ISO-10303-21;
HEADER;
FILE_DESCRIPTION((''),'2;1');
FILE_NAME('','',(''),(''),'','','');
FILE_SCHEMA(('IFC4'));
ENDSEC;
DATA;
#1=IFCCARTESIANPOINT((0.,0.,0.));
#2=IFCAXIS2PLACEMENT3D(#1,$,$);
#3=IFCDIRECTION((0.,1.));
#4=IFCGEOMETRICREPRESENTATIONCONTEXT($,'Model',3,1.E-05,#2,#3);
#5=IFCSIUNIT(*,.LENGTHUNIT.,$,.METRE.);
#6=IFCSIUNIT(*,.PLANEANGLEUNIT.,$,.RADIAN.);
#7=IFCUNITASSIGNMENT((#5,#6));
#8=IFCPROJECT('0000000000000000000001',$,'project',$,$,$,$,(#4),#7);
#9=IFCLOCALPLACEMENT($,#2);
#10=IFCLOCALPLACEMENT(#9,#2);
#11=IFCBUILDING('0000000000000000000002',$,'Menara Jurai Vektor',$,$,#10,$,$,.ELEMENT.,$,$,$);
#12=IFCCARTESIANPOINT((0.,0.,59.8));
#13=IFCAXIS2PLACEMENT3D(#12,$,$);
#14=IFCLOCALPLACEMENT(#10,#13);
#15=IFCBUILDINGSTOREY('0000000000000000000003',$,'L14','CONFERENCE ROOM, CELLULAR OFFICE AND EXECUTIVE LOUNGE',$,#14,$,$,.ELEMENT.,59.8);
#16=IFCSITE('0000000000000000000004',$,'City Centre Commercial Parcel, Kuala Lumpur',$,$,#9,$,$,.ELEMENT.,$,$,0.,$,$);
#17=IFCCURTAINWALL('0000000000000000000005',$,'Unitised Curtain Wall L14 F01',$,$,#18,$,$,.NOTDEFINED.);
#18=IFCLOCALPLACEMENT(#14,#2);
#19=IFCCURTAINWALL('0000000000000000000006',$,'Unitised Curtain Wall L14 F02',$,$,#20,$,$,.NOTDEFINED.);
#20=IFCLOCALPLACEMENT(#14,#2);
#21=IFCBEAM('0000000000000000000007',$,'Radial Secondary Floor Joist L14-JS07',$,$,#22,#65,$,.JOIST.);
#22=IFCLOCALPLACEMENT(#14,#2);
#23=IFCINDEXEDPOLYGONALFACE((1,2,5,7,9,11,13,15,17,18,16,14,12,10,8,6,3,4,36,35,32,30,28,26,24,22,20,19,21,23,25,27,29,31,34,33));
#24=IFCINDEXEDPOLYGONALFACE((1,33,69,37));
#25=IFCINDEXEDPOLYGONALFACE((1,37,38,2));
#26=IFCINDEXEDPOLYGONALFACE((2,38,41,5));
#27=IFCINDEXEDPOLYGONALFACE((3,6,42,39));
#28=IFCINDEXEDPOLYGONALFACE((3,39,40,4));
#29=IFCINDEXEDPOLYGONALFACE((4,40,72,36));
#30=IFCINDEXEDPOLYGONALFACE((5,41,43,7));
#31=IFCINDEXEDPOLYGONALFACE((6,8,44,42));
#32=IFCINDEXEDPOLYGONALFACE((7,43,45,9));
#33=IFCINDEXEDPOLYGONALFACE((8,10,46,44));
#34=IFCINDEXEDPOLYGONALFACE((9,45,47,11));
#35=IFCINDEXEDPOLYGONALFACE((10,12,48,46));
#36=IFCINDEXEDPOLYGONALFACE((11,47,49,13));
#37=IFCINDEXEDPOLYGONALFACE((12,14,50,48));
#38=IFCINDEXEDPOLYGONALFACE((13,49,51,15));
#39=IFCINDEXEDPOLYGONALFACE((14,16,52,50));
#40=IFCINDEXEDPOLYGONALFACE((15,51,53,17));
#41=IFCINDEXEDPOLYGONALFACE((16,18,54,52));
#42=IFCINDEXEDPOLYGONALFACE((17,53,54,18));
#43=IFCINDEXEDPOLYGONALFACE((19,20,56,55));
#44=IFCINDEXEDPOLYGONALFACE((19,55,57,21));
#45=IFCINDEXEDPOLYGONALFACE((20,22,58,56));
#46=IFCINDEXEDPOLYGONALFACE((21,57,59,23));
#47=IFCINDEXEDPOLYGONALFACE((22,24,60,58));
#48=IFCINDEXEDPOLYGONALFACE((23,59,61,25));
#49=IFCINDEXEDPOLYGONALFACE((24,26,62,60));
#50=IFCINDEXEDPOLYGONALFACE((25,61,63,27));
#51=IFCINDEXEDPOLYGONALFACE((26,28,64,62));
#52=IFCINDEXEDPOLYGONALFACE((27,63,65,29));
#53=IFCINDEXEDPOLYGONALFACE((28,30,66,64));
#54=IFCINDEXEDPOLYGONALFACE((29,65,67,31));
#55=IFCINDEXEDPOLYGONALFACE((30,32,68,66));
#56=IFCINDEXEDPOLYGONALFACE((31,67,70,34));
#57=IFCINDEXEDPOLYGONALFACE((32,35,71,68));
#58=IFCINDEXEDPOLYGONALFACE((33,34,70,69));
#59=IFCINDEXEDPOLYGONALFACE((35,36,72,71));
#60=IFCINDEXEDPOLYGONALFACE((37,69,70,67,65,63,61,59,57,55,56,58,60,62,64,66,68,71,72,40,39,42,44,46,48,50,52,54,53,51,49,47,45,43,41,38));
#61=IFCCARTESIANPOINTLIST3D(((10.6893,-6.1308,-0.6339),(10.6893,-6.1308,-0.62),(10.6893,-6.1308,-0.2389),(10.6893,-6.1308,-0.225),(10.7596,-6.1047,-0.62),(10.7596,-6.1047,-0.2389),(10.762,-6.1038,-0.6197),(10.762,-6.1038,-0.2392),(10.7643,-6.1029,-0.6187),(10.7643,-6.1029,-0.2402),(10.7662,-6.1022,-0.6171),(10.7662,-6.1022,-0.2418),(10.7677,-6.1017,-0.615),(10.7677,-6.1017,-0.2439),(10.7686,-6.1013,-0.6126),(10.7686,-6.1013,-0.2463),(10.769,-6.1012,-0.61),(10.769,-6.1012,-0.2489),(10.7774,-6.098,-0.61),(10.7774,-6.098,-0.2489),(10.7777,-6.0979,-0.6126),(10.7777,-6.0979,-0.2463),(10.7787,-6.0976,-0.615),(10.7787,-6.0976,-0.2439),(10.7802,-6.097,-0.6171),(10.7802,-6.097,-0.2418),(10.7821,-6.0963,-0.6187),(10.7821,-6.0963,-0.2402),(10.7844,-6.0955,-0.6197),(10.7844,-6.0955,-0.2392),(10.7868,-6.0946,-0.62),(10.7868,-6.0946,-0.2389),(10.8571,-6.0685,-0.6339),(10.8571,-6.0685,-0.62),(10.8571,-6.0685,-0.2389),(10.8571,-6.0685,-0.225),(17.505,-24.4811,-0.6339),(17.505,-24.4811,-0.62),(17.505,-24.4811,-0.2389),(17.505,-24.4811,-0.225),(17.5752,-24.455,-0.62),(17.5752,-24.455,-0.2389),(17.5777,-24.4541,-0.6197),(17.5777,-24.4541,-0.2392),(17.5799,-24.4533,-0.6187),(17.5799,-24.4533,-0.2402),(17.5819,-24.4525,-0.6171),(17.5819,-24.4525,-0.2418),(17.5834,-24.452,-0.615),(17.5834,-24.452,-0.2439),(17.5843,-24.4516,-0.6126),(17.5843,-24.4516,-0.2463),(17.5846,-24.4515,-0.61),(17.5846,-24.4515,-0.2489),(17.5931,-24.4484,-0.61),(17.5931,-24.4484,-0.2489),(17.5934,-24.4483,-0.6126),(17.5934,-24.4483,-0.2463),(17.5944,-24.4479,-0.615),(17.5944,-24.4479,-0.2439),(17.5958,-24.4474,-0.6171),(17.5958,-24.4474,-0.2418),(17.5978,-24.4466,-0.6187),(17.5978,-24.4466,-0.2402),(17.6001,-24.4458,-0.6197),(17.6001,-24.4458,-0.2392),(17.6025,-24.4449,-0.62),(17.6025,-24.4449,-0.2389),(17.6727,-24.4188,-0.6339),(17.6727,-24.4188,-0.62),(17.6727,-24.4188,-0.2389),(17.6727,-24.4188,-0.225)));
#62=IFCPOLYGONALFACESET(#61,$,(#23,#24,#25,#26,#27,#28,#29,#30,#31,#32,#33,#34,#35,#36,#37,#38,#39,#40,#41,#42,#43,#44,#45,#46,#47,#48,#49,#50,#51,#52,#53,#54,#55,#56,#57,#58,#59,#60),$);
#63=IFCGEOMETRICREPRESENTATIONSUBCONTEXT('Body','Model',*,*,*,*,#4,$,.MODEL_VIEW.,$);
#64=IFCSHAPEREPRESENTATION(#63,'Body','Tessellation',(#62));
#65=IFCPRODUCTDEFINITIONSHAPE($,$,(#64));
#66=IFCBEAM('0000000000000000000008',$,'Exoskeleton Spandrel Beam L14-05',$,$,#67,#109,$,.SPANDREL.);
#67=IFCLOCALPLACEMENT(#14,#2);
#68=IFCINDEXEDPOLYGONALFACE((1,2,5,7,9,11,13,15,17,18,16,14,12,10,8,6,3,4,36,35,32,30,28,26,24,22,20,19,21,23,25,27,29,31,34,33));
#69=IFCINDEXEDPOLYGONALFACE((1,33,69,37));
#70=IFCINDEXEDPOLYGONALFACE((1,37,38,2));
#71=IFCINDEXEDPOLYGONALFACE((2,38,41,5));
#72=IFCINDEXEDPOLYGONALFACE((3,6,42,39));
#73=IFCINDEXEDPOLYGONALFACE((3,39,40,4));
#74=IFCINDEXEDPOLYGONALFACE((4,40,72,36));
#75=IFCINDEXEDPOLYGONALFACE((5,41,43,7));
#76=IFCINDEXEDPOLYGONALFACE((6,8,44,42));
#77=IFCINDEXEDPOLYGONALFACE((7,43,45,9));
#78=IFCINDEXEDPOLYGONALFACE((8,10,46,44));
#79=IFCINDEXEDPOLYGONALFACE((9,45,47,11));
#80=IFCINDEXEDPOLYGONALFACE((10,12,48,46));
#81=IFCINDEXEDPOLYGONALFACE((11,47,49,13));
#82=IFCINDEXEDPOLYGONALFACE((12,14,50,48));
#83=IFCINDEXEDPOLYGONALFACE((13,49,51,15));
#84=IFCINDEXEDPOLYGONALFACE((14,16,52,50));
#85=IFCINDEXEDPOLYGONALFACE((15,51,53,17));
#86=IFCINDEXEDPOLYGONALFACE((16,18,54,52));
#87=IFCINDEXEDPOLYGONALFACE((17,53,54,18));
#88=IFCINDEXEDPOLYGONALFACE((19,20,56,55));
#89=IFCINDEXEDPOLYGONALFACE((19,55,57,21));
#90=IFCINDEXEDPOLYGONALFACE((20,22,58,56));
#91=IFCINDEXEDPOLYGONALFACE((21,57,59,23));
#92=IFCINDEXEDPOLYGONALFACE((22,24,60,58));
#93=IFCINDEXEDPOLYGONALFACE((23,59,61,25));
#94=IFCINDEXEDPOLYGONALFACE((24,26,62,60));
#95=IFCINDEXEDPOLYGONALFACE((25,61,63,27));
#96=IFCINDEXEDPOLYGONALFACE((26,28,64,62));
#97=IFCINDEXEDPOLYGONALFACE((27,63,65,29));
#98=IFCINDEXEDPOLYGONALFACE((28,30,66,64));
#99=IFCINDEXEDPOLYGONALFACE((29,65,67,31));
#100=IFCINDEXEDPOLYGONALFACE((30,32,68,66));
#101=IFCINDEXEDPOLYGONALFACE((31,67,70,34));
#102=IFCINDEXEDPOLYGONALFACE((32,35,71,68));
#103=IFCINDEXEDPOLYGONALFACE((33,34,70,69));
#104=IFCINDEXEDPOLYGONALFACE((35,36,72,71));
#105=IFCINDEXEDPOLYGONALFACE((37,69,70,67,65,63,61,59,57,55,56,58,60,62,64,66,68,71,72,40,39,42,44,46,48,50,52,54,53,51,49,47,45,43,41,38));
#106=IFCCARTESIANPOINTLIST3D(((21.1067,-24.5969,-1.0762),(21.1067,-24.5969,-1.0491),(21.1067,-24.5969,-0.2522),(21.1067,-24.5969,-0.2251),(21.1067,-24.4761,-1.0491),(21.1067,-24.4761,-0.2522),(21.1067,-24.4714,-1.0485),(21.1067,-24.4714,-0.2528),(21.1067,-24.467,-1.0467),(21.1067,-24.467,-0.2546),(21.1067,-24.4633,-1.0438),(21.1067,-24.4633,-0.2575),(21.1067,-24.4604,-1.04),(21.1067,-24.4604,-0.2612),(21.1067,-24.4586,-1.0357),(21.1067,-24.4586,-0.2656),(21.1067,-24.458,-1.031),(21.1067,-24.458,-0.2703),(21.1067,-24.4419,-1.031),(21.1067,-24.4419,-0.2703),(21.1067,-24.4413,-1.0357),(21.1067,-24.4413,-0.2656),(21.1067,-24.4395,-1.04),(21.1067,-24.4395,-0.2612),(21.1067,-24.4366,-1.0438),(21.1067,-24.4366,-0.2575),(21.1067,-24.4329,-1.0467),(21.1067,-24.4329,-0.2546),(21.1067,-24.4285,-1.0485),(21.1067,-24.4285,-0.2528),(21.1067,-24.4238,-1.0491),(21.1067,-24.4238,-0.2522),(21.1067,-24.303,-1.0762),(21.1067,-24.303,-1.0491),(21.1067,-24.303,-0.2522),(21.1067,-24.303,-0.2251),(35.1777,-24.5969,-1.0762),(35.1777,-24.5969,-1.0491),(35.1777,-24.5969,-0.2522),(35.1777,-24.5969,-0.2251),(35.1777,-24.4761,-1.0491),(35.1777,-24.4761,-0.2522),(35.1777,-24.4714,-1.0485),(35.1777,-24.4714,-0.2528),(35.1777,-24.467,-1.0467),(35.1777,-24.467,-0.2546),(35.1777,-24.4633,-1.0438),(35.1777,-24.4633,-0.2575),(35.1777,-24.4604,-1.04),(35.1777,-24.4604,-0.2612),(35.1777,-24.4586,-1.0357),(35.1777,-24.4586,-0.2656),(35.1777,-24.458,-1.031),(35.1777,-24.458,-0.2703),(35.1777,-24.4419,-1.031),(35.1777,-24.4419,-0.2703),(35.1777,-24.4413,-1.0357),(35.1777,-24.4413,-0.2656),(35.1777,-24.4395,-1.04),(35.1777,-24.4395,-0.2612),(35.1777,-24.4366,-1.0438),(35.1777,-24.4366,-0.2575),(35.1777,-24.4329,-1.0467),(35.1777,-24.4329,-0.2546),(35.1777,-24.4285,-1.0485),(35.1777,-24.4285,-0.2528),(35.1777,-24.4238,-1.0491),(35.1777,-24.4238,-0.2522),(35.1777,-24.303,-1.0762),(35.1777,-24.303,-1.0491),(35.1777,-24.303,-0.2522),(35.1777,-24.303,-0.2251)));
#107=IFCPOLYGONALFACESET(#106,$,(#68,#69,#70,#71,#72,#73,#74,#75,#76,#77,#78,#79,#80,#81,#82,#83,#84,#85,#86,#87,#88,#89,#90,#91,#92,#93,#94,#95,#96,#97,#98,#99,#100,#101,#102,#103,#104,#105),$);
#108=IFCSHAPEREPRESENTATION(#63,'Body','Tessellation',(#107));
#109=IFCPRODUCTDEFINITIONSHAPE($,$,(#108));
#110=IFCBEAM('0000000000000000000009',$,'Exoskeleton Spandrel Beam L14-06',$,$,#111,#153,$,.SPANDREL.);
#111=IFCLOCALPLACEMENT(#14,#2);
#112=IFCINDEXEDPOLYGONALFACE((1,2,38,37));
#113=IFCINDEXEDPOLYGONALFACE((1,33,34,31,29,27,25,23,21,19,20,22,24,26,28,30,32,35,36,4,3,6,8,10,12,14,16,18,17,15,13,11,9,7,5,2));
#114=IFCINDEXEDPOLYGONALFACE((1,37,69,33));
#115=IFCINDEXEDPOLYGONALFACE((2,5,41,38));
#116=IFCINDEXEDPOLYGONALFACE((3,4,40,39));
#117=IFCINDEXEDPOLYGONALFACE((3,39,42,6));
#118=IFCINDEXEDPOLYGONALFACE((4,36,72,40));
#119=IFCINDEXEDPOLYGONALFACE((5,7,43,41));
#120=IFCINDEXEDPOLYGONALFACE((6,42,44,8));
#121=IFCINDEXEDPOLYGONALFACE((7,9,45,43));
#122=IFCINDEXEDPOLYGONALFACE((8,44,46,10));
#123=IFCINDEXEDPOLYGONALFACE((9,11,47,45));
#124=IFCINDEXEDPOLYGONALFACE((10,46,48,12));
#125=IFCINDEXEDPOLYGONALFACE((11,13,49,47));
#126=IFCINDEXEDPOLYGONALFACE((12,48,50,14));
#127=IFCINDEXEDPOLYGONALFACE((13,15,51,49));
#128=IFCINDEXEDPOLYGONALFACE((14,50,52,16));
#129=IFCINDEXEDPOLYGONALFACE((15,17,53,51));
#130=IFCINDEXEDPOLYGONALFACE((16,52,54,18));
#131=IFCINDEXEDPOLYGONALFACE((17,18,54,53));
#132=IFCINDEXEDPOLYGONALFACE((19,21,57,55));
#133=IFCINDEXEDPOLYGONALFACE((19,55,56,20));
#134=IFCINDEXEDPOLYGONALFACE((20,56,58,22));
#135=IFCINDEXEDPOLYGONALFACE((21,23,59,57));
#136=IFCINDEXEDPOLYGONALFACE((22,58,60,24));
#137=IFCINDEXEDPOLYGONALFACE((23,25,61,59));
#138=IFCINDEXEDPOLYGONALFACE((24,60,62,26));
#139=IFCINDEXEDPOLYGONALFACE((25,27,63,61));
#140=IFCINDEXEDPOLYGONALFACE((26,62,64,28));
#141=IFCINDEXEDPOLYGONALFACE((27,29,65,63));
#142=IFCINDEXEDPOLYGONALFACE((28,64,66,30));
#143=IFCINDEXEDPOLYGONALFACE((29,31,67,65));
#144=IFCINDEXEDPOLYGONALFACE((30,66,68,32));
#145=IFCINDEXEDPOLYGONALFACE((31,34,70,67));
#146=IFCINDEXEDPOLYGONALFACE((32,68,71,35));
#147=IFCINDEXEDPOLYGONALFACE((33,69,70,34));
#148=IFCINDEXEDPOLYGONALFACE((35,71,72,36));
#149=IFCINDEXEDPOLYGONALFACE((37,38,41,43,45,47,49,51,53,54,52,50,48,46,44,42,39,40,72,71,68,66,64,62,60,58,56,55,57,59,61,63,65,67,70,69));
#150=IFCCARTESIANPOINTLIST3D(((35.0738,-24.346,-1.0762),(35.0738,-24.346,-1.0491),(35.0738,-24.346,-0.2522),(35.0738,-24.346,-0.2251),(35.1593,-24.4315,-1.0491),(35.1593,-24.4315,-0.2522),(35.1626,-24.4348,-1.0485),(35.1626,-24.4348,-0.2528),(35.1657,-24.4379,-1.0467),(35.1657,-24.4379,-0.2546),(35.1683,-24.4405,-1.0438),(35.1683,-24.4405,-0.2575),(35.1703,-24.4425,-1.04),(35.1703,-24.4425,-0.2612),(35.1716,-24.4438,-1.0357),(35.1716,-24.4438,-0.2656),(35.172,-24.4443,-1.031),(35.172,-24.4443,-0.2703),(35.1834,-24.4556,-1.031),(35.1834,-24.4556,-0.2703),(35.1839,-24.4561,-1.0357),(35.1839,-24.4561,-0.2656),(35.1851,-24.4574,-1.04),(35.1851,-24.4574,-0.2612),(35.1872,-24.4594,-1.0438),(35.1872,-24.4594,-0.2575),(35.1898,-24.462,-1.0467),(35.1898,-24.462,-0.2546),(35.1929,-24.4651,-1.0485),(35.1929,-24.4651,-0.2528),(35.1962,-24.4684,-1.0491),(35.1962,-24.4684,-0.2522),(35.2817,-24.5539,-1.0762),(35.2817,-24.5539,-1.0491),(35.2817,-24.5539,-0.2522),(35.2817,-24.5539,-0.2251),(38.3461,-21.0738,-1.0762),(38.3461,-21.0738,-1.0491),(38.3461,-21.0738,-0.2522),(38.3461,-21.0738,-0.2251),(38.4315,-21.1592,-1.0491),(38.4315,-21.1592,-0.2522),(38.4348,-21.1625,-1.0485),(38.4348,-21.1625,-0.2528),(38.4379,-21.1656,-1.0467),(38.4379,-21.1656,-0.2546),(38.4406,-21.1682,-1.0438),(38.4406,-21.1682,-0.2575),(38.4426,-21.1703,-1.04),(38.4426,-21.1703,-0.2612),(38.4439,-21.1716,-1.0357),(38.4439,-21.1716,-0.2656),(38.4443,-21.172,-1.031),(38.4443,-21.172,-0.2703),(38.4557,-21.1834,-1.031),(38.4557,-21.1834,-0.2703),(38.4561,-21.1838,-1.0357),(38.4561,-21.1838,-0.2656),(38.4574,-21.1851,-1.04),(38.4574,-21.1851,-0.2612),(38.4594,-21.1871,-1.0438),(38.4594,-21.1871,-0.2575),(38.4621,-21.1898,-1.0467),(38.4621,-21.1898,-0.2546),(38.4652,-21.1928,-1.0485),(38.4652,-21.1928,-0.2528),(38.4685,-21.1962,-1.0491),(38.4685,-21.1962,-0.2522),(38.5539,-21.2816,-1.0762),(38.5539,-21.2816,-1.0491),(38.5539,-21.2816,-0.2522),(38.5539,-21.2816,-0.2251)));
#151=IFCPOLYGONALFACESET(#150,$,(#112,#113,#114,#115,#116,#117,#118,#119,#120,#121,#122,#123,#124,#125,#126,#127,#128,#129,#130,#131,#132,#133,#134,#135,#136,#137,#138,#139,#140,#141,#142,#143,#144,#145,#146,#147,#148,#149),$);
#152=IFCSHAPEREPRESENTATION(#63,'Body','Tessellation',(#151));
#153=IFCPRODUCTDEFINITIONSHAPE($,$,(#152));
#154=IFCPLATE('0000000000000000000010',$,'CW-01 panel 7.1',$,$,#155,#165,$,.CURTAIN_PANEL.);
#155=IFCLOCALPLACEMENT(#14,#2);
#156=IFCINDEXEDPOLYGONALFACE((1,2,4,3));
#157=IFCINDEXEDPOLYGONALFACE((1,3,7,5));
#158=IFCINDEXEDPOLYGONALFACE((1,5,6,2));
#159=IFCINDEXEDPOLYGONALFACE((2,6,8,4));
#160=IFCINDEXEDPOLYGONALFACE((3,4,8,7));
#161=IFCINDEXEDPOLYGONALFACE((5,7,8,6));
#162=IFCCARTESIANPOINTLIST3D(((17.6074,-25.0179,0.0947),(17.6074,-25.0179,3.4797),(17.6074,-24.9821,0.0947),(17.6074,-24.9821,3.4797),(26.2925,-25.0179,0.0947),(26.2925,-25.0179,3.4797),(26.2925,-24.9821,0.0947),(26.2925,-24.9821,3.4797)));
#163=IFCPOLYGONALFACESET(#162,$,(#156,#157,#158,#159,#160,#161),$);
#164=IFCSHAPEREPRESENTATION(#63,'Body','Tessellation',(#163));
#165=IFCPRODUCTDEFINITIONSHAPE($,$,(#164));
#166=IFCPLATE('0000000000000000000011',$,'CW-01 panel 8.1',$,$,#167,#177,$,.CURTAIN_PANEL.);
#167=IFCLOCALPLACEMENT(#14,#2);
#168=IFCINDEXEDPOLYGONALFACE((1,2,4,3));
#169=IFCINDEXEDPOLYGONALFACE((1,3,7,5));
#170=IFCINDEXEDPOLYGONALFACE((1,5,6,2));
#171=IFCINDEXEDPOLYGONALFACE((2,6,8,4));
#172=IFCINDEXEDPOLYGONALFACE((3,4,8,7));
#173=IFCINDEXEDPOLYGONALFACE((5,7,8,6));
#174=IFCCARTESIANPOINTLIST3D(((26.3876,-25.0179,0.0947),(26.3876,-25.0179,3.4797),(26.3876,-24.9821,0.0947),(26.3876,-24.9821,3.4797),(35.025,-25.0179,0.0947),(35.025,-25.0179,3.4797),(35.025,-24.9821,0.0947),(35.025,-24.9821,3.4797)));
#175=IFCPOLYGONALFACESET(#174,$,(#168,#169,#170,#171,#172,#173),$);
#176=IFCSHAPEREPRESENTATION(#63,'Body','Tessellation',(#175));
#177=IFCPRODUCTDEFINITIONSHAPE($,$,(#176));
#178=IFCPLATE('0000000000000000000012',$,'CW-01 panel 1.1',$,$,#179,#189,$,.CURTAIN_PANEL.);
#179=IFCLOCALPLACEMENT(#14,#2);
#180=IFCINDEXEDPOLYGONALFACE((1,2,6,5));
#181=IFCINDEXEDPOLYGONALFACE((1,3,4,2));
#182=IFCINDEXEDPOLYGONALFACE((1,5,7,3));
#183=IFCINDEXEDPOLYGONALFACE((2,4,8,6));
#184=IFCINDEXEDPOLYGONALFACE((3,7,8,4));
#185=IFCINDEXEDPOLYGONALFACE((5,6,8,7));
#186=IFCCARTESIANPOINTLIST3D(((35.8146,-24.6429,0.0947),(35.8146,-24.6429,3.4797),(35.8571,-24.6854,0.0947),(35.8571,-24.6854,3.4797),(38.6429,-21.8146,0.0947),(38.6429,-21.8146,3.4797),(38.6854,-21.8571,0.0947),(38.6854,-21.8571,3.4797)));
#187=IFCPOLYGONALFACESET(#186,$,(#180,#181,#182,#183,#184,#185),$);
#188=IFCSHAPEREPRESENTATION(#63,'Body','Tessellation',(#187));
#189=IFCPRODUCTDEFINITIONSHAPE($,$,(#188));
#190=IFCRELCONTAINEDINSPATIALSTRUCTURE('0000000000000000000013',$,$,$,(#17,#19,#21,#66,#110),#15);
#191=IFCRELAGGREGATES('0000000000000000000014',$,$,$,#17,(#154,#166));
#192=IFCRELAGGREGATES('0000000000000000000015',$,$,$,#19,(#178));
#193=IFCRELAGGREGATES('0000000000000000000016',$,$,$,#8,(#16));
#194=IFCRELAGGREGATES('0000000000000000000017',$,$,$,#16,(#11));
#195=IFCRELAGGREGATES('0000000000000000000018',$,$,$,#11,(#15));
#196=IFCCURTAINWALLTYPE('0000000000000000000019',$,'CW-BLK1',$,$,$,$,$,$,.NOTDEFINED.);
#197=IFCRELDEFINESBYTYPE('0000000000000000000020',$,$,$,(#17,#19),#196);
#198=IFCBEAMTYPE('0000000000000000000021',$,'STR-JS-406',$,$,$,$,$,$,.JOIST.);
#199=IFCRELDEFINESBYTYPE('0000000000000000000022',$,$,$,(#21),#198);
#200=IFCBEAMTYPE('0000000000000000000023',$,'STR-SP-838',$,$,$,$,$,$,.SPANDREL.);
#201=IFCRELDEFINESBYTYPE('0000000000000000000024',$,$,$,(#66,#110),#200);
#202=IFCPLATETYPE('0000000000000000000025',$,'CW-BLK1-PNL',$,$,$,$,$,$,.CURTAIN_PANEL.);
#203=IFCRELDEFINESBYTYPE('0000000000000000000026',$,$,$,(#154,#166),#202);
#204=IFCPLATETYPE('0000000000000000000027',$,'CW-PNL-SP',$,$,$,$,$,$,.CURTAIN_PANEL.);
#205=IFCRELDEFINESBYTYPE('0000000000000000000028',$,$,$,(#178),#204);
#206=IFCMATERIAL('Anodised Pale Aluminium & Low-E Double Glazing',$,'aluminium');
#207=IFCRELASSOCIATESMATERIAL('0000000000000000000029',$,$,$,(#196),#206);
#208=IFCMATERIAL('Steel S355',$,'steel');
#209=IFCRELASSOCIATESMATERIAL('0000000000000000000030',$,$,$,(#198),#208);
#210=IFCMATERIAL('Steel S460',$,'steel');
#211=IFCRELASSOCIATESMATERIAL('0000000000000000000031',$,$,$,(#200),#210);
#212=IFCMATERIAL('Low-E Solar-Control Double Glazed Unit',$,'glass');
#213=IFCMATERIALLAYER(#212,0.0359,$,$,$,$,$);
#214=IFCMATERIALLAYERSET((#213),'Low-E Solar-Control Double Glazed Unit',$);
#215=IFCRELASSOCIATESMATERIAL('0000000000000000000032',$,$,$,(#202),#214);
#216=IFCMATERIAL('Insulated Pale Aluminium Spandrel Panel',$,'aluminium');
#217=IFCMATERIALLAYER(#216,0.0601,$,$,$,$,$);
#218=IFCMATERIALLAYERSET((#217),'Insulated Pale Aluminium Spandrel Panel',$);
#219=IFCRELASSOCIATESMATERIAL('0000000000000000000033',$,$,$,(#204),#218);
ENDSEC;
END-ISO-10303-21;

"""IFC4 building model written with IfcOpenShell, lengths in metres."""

from ifc_helpers import new_model, si_unit, direction, frame, origin, origin_2d, place, context, subcontext, project, spatial, rectangle, i_section, extrude, material, layer, layer_set, material_profile, profile_set, type_object, element, aggregate, save


model = new_model("IFC4")

# Units and contexts
model_context = context("Model", 3, precision=1e-05, world=origin(), true_north=direction((0.0, 1.0)))
body_context = subcontext(model_context, "Body", "Model", "MODEL_VIEW")
ifc_project = project(units=[si_unit("LENGTHUNIT", "METRE"), si_unit("PLANEANGLEUNIT", "RADIAN")], contexts=[model_context])

# Site, building, storey
site_placement = place(None, origin())
site = spatial("IfcSite", under=ifc_project, at=site_placement, Name="City Centre Commercial Parcel, Kuala Lumpur", CompositionType="ELEMENT", RefElevation=0.0)
building_placement = place(site_placement, origin())
building = spatial("IfcBuilding", under=site, at=building_placement, Name="Menara Jurai Vektor", CompositionType="ELEMENT")
storey_placement = place(building_placement, frame((0.0, 0.0, 59.8)))
storey = spatial("IfcBuildingStorey", under=building, at=storey_placement, Name="L14", Description="CONFERENCE ROOM, CELLULAR OFFICE AND EXECUTIVE LOUNGE", CompositionType="ELEMENT", Elevation=59.8)

# Shared definitions
ifc_material_1 = material(Name="Steel S460", Category="steel")

# Curtain walls
ifc_material_2 = material(Name="Anodised Pale Aluminium & Low-E Double Glazing", Category="aluminium")
curtain_wall_type = type_object("IfcCurtainWallType", Name="CW-BLK1", PredefinedType="NOTDEFINED", material=ifc_material_2)
curtain_wall_1_placement = place(storey_placement, origin())
curtain_wall_1 = element("IfcCurtainWall", 1, at=curtain_wall_1_placement, inside=storey, type_object=curtain_wall_type, Name="Unitised Curtain Wall L14 F01", PredefinedType="NOTDEFINED")
curtain_wall_2_placement = place(storey_placement, origin())
curtain_wall_2 = element("IfcCurtainWall", 2, at=curtain_wall_2_placement, inside=storey, type_object=curtain_wall_type, Name="Unitised Curtain Wall L14 F02", PredefinedType="NOTDEFINED")

# Beams
ifc_material_3 = material(Name="Steel S355", Category="steel")
ifc_material_profile_1 = material_profile(ifc_material_3, i_section(OverallWidth=0.179, OverallDepth=0.4089, WebThickness=0.009, FlangeThickness=0.0139, FilletRadius=0.01, at=origin_2d()), Name="UKB 406x178x67")
ifc_profile_set_1 = profile_set([ifc_material_profile_1], Name="Steel S355")
beam_type_1 = type_object("IfcBeamType", Name="STR-JS-406", PredefinedType="JOIST", material=ifc_profile_set_1)
beam_1_placement = place(storey_placement, frame((17.5889, -24.45, -0.4294), z_axis=(-0.348179, 0.937428, 0.0), x_axis=(-0.937428, -0.348179, 0.0)))
element("IfcBeam", 3, at=beam_1_placement, inside=storey, type_object=beam_type_1, Name="Radial Secondary Floor Joist L14-JS07", PredefinedType="JOIST", context=body_context, shape_type="SweptSolid", body=[
    extrude(i_section(OverallWidth=0.179, OverallDepth=0.4089, WebThickness=0.009, FlangeThickness=0.0139, FilletRadius=0.01, at=origin_2d()), origin(), (0.0, 0.0, 1.0), 19.5752),
])
ifc_material_profile_2 = material_profile(ifc_material_1, i_section(OverallWidth=0.2939, OverallDepth=0.8511, WebThickness=0.0161, FlangeThickness=0.0271, FilletRadius=0.0181, at=origin_2d()), Name="UKB 838x292x226")
ifc_profile_set_2 = profile_set([ifc_material_profile_2], Name="Steel S460")
beam_type_2 = type_object("IfcBeamType", Name="STR-SP-838", PredefinedType="SPANDREL", material=ifc_profile_set_2)
beam_2_placement = place(storey_placement, frame((21.1067, -24.45, -0.6506), z_axis=(1.0, 0.0, 0.0), x_axis=(0.0, 1.0, 0.0)))
element("IfcBeam", 4, at=beam_2_placement, inside=storey, type_object=beam_type_2, Name="Exoskeleton Spandrel Beam L14-05", PredefinedType="SPANDREL", context=body_context, shape_type="SweptSolid", body=[
    extrude(i_section(OverallWidth=0.2939, OverallDepth=0.8511, WebThickness=0.0161, FlangeThickness=0.0271, FilletRadius=0.0181, at=origin_2d()), origin(), (0.0, 0.0, 1.0), 14.071),
])
beam_3_placement = place(storey_placement, frame((35.1777, -24.45, -0.6506), z_axis=(0.707107, 0.707107, 0.0), x_axis=(-0.707107, 0.707107, 0.0)))
element("IfcBeam", 5, at=beam_3_placement, inside=storey, type_object=beam_type_2, Name="Exoskeleton Spandrel Beam L14-06", PredefinedType="SPANDREL", context=body_context, shape_type="SweptSolid", body=[
    extrude(i_section(OverallWidth=0.2939, OverallDepth=0.8511, WebThickness=0.0161, FlangeThickness=0.0271, FilletRadius=0.0181, at=origin_2d()), origin(), (0.0, 0.0, 1.0), 4.6277),
])

# Plates
ifc_material_4 = material(Name="Low-E Solar-Control Double Glazed Unit", Category="glass")
ifc_layer_1 = layer(ifc_material_4, 0.0359)
ifc_layer_set_1 = layer_set([ifc_layer_1], Name="Low-E Solar-Control Double Glazed Unit")
plate_type_1 = type_object("IfcPlateType", Name="CW-BLK1-PNL", PredefinedType="CURTAIN_PANEL", material=ifc_layer_set_1)
plate_1_placement = place(storey_placement, frame((21.95, -25.0, 0.0947), z_axis=(0.0, 0.0, 1.0), x_axis=(1.0, 0.0, 0.0)))
plate_1 = element("IfcPlate", 6, at=plate_1_placement, type_object=plate_type_1, Name="CW-01 panel 7.1", PredefinedType="CURTAIN_PANEL", context=body_context, shape_type="SweptSolid", body=[
    extrude(rectangle(XDim=8.6851, YDim=0.0359, at=origin_2d()), origin(), (0.0, 0.0, 1.0), 3.385),
])
plate_2_placement = place(storey_placement, frame((30.7063, -25.0, 0.0947), z_axis=(0.0, 0.0, 1.0), x_axis=(1.0, 0.0, 0.0)))
plate_2 = element("IfcPlate", 7, at=plate_2_placement, type_object=plate_type_1, Name="CW-01 panel 8.1", PredefinedType="CURTAIN_PANEL", context=body_context, shape_type="SweptSolid", body=[
    extrude(rectangle(XDim=8.6375, YDim=0.0359, at=origin_2d()), origin(), (0.0, 0.0, 1.0), 3.385),
])
aggregate(curtain_wall_1, [plate_1, plate_2])
ifc_material_5 = material(Name="Insulated Pale Aluminium Spandrel Panel", Category="aluminium")
ifc_layer_2 = layer(ifc_material_5, 0.0601)
ifc_layer_set_2 = layer_set([ifc_layer_2], Name="Insulated Pale Aluminium Spandrel Panel")
plate_type_2 = type_object("IfcPlateType", Name="CW-PNL-SP", PredefinedType="CURTAIN_PANEL", material=ifc_layer_set_2)
plate_3_placement = place(storey_placement, frame((37.25, -23.25, 0.0947), z_axis=(0.0, 0.0, 1.0), x_axis=(0.707107, 0.707107, 0.0)))
plate_3 = element("IfcPlate", 8, at=plate_3_placement, type_object=plate_type_2, Name="CW-01 panel 1.1", PredefinedType="CURTAIN_PANEL", context=body_context, shape_type="SweptSolid", body=[
    extrude(rectangle(XDim=3.9998, YDim=0.0601, at=origin_2d()), origin(), (0.0, 0.0, 1.0), 3.385),
])
aggregate(curtain_wall_2, [plate_3])

save(model, "model.ifc")
